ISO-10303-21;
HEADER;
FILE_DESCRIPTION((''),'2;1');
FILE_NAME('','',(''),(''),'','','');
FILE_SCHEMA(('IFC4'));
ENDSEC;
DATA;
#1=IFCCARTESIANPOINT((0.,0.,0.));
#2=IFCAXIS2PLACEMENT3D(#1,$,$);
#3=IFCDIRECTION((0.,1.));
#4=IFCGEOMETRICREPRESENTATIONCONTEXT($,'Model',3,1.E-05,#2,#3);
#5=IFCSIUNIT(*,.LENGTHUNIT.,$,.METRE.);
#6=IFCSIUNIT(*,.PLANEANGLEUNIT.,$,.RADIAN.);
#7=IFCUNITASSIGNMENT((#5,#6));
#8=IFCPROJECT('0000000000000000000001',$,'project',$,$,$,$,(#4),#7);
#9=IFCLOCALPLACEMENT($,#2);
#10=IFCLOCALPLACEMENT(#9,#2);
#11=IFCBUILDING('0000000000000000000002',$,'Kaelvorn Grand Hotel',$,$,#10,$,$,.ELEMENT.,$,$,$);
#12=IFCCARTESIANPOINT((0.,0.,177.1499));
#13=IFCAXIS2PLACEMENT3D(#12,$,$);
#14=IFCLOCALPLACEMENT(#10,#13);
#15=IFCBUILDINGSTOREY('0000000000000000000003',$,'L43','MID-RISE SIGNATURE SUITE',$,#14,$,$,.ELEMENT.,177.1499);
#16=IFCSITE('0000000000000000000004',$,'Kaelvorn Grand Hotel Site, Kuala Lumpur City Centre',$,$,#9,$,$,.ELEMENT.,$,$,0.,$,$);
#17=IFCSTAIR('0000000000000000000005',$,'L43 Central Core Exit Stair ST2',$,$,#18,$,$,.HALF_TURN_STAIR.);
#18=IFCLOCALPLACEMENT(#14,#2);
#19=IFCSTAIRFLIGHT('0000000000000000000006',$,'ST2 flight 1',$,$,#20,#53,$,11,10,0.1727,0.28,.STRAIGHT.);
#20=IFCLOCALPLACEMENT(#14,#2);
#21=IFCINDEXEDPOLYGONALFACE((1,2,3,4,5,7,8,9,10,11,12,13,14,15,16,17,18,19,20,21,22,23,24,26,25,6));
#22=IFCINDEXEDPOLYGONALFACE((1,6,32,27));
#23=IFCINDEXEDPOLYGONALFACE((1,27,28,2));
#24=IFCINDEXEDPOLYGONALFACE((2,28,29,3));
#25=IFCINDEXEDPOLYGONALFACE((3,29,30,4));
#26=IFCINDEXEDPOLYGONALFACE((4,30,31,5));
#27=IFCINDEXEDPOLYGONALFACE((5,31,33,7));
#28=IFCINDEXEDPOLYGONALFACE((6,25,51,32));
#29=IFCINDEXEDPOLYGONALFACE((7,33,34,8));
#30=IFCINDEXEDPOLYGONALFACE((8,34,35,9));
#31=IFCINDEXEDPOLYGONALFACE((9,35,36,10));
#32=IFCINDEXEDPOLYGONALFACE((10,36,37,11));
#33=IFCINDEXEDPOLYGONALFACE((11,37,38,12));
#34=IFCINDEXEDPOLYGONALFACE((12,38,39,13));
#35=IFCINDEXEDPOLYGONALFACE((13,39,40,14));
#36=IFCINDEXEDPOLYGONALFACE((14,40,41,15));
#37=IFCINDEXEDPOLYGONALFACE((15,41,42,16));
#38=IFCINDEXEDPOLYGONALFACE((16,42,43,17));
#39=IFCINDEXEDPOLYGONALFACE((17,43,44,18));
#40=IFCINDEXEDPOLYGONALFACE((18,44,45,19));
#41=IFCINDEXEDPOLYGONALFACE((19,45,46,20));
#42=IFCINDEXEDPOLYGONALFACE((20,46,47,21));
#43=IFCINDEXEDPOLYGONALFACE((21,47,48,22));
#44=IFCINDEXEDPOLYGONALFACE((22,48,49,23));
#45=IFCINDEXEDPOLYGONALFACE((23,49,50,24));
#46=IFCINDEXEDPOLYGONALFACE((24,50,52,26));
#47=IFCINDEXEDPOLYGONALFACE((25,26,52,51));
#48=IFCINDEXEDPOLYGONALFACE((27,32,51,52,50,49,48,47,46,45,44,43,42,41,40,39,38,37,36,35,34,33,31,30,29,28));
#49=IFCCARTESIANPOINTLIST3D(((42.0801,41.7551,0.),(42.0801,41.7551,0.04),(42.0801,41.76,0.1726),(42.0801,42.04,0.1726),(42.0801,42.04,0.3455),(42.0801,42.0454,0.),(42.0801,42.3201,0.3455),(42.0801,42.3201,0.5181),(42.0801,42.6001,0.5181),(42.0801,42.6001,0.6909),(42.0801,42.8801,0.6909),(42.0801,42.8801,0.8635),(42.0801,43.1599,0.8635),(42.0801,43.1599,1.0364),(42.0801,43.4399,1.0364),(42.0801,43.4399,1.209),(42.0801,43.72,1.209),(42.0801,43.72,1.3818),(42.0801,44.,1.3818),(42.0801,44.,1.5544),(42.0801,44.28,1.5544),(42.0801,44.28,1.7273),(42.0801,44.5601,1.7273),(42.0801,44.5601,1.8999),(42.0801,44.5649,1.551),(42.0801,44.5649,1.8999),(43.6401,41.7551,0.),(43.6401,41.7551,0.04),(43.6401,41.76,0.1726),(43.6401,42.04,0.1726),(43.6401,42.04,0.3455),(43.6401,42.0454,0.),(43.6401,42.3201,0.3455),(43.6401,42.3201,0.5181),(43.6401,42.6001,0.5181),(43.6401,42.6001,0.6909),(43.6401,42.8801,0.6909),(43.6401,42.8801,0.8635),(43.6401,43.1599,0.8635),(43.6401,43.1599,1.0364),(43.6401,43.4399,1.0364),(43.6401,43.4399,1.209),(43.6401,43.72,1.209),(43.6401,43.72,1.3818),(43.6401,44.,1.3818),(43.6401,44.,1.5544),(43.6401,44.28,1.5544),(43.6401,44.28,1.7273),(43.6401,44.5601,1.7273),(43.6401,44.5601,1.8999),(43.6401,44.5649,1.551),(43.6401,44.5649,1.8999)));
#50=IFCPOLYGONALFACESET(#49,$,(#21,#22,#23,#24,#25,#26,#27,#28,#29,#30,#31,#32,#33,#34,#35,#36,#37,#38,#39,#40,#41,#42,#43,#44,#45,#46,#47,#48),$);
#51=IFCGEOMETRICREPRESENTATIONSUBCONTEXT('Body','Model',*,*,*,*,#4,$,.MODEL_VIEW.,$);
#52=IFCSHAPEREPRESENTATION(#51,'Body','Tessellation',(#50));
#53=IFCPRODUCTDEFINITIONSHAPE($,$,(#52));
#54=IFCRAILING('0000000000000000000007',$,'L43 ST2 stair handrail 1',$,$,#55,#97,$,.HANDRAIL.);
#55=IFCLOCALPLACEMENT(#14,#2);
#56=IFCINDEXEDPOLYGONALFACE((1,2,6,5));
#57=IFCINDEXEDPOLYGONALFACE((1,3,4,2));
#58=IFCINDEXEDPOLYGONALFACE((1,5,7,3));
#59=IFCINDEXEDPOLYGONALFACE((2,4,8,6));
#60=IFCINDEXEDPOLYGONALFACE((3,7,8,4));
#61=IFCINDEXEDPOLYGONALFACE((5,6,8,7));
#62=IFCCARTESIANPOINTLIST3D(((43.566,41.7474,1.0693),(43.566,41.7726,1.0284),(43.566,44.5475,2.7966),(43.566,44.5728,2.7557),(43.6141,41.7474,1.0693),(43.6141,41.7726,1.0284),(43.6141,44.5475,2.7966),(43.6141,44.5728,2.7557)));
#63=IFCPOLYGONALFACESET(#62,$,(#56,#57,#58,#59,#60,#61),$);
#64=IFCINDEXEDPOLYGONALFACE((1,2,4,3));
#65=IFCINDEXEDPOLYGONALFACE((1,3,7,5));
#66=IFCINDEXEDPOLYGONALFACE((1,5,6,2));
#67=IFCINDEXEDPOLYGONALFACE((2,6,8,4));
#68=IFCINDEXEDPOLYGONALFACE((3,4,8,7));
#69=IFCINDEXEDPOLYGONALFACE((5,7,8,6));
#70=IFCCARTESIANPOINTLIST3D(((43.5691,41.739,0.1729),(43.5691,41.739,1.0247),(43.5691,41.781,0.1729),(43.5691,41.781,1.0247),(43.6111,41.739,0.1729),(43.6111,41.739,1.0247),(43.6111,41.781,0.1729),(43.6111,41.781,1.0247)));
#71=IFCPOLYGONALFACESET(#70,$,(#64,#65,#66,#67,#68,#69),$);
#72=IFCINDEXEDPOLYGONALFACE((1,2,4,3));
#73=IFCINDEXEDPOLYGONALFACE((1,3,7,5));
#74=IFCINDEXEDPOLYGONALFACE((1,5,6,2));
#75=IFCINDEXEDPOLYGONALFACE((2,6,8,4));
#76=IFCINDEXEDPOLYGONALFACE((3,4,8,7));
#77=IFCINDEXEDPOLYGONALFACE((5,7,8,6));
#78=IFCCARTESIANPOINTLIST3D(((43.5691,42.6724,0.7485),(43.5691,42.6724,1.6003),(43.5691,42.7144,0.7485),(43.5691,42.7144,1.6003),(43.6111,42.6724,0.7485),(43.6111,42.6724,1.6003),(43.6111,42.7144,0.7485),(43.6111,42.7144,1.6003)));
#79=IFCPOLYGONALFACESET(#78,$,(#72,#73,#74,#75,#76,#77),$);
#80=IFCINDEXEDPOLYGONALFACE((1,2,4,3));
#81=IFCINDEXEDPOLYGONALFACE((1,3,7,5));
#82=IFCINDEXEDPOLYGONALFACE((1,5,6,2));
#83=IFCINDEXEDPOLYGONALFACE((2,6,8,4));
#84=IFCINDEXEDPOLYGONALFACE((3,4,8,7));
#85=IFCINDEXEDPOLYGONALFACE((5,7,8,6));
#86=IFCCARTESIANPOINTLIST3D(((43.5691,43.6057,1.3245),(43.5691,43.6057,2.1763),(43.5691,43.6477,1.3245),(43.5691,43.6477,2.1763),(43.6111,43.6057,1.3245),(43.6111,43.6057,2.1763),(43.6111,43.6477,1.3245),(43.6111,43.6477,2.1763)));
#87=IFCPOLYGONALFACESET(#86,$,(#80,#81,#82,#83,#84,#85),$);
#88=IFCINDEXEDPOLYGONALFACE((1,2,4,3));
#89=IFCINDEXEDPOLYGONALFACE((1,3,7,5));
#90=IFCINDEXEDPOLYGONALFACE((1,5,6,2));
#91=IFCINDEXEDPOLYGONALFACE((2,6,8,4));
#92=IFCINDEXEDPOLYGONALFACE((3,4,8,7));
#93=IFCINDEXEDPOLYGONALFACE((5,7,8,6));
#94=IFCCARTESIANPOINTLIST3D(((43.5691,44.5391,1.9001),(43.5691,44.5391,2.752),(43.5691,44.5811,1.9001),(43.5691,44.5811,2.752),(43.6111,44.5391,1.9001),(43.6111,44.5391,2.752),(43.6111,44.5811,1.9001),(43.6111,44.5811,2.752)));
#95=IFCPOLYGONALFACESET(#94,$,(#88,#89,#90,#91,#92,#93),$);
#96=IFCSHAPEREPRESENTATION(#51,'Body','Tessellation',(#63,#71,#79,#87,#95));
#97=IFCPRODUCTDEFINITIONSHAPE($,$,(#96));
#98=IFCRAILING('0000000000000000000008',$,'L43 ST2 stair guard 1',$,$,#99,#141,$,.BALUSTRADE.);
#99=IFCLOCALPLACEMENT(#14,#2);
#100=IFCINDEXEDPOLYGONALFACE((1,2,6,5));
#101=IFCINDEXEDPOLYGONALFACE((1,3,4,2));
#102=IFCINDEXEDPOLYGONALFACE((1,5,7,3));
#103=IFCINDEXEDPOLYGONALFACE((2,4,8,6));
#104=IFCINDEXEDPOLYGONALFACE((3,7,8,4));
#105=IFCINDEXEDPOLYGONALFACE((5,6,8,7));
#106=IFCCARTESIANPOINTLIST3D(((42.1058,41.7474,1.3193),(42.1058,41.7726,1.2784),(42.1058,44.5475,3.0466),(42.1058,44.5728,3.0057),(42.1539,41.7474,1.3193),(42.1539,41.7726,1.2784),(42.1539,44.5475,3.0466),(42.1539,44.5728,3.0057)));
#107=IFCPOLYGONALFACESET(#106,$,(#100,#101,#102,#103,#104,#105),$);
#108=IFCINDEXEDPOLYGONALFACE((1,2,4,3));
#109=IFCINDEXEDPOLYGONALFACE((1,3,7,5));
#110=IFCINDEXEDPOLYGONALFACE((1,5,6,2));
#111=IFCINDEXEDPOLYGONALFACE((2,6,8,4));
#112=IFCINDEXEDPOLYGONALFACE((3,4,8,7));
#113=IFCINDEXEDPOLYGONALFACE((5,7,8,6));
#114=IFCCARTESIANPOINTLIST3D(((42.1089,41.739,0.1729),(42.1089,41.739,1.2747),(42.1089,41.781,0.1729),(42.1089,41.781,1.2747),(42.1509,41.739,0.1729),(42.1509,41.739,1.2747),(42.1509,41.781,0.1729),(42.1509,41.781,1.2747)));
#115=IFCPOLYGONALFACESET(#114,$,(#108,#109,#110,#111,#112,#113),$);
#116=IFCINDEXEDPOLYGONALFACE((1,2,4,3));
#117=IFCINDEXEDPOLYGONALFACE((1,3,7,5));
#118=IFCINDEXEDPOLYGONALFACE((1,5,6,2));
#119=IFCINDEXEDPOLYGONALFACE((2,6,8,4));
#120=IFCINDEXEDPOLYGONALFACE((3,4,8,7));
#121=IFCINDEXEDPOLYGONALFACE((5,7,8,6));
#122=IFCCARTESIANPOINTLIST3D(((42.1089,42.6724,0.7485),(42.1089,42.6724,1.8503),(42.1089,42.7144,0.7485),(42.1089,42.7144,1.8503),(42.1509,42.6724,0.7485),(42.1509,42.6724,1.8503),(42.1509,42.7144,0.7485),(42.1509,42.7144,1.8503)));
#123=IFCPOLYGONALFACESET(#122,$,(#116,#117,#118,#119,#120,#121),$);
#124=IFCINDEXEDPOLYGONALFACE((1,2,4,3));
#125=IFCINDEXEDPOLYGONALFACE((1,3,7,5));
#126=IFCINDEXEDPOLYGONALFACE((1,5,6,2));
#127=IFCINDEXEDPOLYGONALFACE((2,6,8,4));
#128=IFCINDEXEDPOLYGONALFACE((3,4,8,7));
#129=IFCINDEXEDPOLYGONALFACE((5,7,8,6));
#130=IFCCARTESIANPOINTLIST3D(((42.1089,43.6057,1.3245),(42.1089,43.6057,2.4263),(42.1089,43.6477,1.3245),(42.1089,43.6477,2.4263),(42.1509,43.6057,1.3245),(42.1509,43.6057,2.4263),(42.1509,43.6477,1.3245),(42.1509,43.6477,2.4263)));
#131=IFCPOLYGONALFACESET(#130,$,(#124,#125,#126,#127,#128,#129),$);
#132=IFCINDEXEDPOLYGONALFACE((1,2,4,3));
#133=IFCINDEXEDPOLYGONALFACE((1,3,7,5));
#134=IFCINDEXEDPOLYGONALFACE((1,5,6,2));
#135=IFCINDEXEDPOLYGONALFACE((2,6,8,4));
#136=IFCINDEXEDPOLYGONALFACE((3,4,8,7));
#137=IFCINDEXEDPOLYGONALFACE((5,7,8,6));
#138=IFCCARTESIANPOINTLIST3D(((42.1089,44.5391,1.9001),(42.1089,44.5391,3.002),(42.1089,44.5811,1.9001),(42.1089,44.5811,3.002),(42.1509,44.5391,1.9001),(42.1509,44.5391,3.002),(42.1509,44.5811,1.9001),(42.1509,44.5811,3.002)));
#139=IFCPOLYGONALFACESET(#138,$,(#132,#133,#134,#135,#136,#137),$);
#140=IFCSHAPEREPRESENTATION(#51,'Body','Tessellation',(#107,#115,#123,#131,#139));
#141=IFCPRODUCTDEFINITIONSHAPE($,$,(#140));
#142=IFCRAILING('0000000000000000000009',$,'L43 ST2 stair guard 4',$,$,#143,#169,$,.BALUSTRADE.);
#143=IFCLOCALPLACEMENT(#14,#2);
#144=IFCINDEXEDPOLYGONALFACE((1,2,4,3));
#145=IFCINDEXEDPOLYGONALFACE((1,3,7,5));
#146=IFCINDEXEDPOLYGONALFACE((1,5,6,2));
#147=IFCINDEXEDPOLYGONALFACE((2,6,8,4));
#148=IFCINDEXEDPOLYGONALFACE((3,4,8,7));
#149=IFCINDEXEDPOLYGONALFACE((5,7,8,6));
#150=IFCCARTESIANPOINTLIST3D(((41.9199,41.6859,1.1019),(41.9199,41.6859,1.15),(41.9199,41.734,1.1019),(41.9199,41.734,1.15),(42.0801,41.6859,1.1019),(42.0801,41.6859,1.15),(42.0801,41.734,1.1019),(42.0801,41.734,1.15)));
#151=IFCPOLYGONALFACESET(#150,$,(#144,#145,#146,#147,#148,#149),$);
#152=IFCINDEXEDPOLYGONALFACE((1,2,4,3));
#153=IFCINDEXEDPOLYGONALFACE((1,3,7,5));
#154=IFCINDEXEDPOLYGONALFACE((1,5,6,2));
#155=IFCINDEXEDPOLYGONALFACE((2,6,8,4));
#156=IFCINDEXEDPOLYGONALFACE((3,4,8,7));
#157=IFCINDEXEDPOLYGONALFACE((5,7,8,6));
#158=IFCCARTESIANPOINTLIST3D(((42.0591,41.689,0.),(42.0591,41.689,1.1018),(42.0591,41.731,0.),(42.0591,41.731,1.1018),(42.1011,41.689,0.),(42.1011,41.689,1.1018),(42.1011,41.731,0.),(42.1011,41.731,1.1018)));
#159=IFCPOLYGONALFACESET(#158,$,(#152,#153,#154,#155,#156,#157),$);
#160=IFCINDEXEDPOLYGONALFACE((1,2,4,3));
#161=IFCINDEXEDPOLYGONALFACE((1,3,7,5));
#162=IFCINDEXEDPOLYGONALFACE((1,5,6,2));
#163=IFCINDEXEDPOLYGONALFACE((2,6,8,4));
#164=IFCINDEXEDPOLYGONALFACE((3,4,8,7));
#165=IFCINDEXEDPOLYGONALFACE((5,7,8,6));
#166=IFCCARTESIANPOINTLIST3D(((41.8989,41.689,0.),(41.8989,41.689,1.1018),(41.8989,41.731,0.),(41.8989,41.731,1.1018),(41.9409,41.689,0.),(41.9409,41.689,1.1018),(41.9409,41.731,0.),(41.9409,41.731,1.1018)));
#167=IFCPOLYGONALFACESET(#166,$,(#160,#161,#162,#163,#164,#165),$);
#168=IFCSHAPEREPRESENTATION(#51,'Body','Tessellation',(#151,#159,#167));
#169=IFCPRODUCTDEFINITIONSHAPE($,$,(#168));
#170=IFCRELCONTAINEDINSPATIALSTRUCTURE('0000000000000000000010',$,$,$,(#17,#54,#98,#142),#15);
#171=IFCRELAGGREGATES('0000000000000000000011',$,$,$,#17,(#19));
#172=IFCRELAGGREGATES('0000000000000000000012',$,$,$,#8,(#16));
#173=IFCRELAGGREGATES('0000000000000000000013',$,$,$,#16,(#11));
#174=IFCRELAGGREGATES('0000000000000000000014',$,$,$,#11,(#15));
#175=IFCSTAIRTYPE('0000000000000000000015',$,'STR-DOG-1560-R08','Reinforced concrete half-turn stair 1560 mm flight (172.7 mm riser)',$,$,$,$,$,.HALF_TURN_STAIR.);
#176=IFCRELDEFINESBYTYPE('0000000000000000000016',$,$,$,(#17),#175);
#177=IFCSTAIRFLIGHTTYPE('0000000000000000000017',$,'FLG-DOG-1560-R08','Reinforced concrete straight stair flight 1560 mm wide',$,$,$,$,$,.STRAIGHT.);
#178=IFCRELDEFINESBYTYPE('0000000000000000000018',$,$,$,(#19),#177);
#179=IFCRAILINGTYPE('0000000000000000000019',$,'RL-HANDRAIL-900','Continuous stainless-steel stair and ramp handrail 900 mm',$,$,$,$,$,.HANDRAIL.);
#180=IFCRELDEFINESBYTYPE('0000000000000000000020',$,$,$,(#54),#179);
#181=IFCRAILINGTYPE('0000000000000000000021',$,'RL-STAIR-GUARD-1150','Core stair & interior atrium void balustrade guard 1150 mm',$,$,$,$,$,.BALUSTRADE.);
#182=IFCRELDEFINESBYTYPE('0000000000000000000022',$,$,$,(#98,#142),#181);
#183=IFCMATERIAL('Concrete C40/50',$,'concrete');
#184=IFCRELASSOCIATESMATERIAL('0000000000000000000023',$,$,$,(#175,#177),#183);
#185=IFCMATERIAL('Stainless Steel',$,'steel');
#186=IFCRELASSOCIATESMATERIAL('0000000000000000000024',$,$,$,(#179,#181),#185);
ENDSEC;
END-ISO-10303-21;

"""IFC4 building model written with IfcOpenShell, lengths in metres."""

from ifc_helpers import new_model, si_unit, direction, frame, origin, origin_2d, place, context, subcontext, project, spatial, polyline, rectangle, outline, extrude, material, type_object, element, aggregate, save


model = new_model("IFC4")

# Units and contexts
model_context = context("Model", 3, precision=1e-05, world=origin(), true_north=direction((0.0, 1.0)))
body_context = subcontext(model_context, "Body", "Model", "MODEL_VIEW")
ifc_project = project(units=[si_unit("LENGTHUNIT", "METRE"), si_unit("PLANEANGLEUNIT", "RADIAN")], contexts=[model_context])

# Site, building, storey
site_placement = place(None, origin())
site = spatial("IfcSite", under=ifc_project, at=site_placement, Name="Kaelvorn Grand Hotel Site, Kuala Lumpur City Centre", CompositionType="ELEMENT", RefElevation=0.0)
building_placement = place(site_placement, origin())
building = spatial("IfcBuilding", under=site, at=building_placement, Name="Kaelvorn Grand Hotel", CompositionType="ELEMENT")
storey_placement = place(building_placement, frame((0.0, 0.0, 177.1499)))
storey = spatial("IfcBuildingStorey", under=building, at=storey_placement, Name="L43", Description="MID-RISE SIGNATURE SUITE", CompositionType="ELEMENT", Elevation=177.1499)

# Shared definitions
ifc_material_1 = material(Name="Concrete C40/50", Category="concrete")

# Shared definitions
ifc_material_2 = material(Name="Stainless Steel", Category="steel")

# Stair, stair flight
stair_type = type_object("IfcStairType", Name="STR-DOG-1560-R08", Description="Reinforced concrete half-turn stair 1560 mm flight (172.7 mm riser)", PredefinedType="HALF_TURN_STAIR", material=ifc_material_1)
stair_placement = place(storey_placement, origin())
stair = element("IfcStair", 1, at=stair_placement, inside=storey, type_object=stair_type, Name="L43 Central Core Exit Stair ST2", PredefinedType="HALF_TURN_STAIR")
stair_flight_type = type_object("IfcStairFlightType", Name="FLG-DOG-1560-R08", Description="Reinforced concrete straight stair flight 1560 mm wide", PredefinedType="STRAIGHT", material=ifc_material_1)
stair_flight_placement = place(storey_placement, frame((42.8601, 41.76, 0.0), z_axis=(0.0, 0.0, 1.0), x_axis=(0.0, 1.0, 0.0)))
stair_flight = element("IfcStairFlight", 2, at=stair_flight_placement, type_object=stair_flight_type, Name="ST2 flight 1", NumberOfRisers=11, NumberOfTreads=10, PredefinedType="STRAIGHT", RiserHeight=0.1727, TreadLength=0.28, context=body_context, shape_type="SweptSolid", body=[
    extrude(outline(polyline([(-0.0049, 0.0), (-0.0049, 0.04), (0.0, 0.1726), (0.28, 0.1726), (0.28, 0.3455), (0.5601, 0.3455), (0.5601, 0.5181), (0.8401, 0.5181), (0.8401, 0.6909), (1.1201, 0.6909), (1.1201, 0.8635), (1.3999, 0.8635), (1.3999, 1.0364), (1.6799, 1.0364), (1.6799, 1.209), (1.96, 1.209), (1.96, 1.3818), (2.24, 1.3818), (2.24, 1.5544), (2.52, 1.5544), (2.52, 1.7273), (2.8, 1.7273), (2.8, 1.8999), (2.8049, 1.8999), (2.8049, 1.551), (0.2854, 0.0), (-0.0049, 0.0)])), frame((0.0, 0.78, 0.0), z_axis=(0.0, -1.0, 0.0), x_axis=(1.0, 0.0, 0.0)), (0.0, 0.0, 1.0), 1.5601),
])
aggregate(stair, [stair_flight])

# Railings
railing_type_1 = type_object("IfcRailingType", Name="RL-HANDRAIL-900", Description="Continuous stainless-steel stair and ramp handrail 900 mm", PredefinedType="HANDRAIL", material=ifc_material_2)
railing_1_placement = place(storey_placement, frame((43.5901, 41.76, 0.1729)))
element("IfcRailing", 3, at=railing_1_placement, inside=storey, type_object=railing_type_1, Name="L43 ST2 stair handrail 1", PredefinedType="HANDRAIL", context=body_context, shape_type="SweptSolid", body=[
    extrude(rectangle(XDim=0.0481, YDim=0.0481, at=origin_2d()), frame((0.0, 0.0, 0.876), z_axis=(0.0, 0.85109, 0.52502), x_axis=(-1.0, 0.0, 0.0)), (0.0, 0.0, 1.0), 3.29),
    extrude(rectangle(XDim=0.042, YDim=0.042, at=origin_2d()), origin(), (0.0, 0.0, 1.0), 0.8518),
    extrude(rectangle(XDim=0.042, YDim=0.042, at=origin_2d()), frame((0.0, 0.9333, 0.5757)), (0.0, 0.0, 1.0), 0.8518),
    extrude(rectangle(XDim=0.042, YDim=0.042, at=origin_2d()), frame((0.0, 1.8667, 1.1516)), (0.0, 0.0, 1.0), 0.8518),
    extrude(rectangle(XDim=0.042, YDim=0.042, at=origin_2d()), frame((0.0, 2.8, 1.7273)), (0.0, 0.0, 1.0), 0.8518),
])
railing_type_2 = type_object("IfcRailingType", Name="RL-STAIR-GUARD-1150", Description="Core stair & interior atrium void balustrade guard 1150 mm", PredefinedType="BALUSTRADE", material=ifc_material_2)
railing_2_placement = place(storey_placement, frame((42.1299, 41.76, 0.1729)))
element("IfcRailing", 4, at=railing_2_placement, inside=storey, type_object=railing_type_2, Name="L43 ST2 stair guard 1", PredefinedType="BALUSTRADE", context=body_context, shape_type="SweptSolid", body=[
    extrude(rectangle(XDim=0.0481, YDim=0.0481, at=origin_2d()), frame((0.0, 0.0, 1.126), z_axis=(0.0, 0.85109, 0.52502), x_axis=(-1.0, 0.0, 0.0)), (0.0, 0.0, 1.0), 3.29),
    extrude(rectangle(XDim=0.042, YDim=0.042, at=origin_2d()), origin(), (0.0, 0.0, 1.0), 1.1018),
    extrude(rectangle(XDim=0.042, YDim=0.042, at=origin_2d()), frame((0.0, 0.9333, 0.5757)), (0.0, 0.0, 1.0), 1.1018),
    extrude(rectangle(XDim=0.042, YDim=0.042, at=origin_2d()), frame((0.0, 1.8667, 1.1516)), (0.0, 0.0, 1.0), 1.1018),
    extrude(rectangle(XDim=0.042, YDim=0.042, at=origin_2d()), frame((0.0, 2.8, 1.7273)), (0.0, 0.0, 1.0), 1.1018),
])
railing_3_placement = place(storey_placement, frame((42.0801, 41.71, 0.0)))
element("IfcRailing", 5, at=railing_3_placement, inside=storey, type_object=railing_type_2, Name="L43 ST2 stair guard 4", PredefinedType="BALUSTRADE", context=body_context, shape_type="SweptSolid", body=[
    extrude(rectangle(XDim=0.0481, YDim=0.0481, at=origin_2d()), frame((0.0, 0.0, 1.126), z_axis=(-1.0, 0.0, 0.0), x_axis=(0.0, -1.0, 0.0)), (0.0, 0.0, 1.0), 0.1602),
    extrude(rectangle(XDim=0.042, YDim=0.042, at=origin_2d()), origin(), (0.0, 0.0, 1.0), 1.1018),
    extrude(rectangle(XDim=0.042, YDim=0.042, at=origin_2d()), frame((-0.1602, 0.0, 0.0)), (0.0, 0.0, 1.0), 1.1018),
])

save(model, "model.ifc")
